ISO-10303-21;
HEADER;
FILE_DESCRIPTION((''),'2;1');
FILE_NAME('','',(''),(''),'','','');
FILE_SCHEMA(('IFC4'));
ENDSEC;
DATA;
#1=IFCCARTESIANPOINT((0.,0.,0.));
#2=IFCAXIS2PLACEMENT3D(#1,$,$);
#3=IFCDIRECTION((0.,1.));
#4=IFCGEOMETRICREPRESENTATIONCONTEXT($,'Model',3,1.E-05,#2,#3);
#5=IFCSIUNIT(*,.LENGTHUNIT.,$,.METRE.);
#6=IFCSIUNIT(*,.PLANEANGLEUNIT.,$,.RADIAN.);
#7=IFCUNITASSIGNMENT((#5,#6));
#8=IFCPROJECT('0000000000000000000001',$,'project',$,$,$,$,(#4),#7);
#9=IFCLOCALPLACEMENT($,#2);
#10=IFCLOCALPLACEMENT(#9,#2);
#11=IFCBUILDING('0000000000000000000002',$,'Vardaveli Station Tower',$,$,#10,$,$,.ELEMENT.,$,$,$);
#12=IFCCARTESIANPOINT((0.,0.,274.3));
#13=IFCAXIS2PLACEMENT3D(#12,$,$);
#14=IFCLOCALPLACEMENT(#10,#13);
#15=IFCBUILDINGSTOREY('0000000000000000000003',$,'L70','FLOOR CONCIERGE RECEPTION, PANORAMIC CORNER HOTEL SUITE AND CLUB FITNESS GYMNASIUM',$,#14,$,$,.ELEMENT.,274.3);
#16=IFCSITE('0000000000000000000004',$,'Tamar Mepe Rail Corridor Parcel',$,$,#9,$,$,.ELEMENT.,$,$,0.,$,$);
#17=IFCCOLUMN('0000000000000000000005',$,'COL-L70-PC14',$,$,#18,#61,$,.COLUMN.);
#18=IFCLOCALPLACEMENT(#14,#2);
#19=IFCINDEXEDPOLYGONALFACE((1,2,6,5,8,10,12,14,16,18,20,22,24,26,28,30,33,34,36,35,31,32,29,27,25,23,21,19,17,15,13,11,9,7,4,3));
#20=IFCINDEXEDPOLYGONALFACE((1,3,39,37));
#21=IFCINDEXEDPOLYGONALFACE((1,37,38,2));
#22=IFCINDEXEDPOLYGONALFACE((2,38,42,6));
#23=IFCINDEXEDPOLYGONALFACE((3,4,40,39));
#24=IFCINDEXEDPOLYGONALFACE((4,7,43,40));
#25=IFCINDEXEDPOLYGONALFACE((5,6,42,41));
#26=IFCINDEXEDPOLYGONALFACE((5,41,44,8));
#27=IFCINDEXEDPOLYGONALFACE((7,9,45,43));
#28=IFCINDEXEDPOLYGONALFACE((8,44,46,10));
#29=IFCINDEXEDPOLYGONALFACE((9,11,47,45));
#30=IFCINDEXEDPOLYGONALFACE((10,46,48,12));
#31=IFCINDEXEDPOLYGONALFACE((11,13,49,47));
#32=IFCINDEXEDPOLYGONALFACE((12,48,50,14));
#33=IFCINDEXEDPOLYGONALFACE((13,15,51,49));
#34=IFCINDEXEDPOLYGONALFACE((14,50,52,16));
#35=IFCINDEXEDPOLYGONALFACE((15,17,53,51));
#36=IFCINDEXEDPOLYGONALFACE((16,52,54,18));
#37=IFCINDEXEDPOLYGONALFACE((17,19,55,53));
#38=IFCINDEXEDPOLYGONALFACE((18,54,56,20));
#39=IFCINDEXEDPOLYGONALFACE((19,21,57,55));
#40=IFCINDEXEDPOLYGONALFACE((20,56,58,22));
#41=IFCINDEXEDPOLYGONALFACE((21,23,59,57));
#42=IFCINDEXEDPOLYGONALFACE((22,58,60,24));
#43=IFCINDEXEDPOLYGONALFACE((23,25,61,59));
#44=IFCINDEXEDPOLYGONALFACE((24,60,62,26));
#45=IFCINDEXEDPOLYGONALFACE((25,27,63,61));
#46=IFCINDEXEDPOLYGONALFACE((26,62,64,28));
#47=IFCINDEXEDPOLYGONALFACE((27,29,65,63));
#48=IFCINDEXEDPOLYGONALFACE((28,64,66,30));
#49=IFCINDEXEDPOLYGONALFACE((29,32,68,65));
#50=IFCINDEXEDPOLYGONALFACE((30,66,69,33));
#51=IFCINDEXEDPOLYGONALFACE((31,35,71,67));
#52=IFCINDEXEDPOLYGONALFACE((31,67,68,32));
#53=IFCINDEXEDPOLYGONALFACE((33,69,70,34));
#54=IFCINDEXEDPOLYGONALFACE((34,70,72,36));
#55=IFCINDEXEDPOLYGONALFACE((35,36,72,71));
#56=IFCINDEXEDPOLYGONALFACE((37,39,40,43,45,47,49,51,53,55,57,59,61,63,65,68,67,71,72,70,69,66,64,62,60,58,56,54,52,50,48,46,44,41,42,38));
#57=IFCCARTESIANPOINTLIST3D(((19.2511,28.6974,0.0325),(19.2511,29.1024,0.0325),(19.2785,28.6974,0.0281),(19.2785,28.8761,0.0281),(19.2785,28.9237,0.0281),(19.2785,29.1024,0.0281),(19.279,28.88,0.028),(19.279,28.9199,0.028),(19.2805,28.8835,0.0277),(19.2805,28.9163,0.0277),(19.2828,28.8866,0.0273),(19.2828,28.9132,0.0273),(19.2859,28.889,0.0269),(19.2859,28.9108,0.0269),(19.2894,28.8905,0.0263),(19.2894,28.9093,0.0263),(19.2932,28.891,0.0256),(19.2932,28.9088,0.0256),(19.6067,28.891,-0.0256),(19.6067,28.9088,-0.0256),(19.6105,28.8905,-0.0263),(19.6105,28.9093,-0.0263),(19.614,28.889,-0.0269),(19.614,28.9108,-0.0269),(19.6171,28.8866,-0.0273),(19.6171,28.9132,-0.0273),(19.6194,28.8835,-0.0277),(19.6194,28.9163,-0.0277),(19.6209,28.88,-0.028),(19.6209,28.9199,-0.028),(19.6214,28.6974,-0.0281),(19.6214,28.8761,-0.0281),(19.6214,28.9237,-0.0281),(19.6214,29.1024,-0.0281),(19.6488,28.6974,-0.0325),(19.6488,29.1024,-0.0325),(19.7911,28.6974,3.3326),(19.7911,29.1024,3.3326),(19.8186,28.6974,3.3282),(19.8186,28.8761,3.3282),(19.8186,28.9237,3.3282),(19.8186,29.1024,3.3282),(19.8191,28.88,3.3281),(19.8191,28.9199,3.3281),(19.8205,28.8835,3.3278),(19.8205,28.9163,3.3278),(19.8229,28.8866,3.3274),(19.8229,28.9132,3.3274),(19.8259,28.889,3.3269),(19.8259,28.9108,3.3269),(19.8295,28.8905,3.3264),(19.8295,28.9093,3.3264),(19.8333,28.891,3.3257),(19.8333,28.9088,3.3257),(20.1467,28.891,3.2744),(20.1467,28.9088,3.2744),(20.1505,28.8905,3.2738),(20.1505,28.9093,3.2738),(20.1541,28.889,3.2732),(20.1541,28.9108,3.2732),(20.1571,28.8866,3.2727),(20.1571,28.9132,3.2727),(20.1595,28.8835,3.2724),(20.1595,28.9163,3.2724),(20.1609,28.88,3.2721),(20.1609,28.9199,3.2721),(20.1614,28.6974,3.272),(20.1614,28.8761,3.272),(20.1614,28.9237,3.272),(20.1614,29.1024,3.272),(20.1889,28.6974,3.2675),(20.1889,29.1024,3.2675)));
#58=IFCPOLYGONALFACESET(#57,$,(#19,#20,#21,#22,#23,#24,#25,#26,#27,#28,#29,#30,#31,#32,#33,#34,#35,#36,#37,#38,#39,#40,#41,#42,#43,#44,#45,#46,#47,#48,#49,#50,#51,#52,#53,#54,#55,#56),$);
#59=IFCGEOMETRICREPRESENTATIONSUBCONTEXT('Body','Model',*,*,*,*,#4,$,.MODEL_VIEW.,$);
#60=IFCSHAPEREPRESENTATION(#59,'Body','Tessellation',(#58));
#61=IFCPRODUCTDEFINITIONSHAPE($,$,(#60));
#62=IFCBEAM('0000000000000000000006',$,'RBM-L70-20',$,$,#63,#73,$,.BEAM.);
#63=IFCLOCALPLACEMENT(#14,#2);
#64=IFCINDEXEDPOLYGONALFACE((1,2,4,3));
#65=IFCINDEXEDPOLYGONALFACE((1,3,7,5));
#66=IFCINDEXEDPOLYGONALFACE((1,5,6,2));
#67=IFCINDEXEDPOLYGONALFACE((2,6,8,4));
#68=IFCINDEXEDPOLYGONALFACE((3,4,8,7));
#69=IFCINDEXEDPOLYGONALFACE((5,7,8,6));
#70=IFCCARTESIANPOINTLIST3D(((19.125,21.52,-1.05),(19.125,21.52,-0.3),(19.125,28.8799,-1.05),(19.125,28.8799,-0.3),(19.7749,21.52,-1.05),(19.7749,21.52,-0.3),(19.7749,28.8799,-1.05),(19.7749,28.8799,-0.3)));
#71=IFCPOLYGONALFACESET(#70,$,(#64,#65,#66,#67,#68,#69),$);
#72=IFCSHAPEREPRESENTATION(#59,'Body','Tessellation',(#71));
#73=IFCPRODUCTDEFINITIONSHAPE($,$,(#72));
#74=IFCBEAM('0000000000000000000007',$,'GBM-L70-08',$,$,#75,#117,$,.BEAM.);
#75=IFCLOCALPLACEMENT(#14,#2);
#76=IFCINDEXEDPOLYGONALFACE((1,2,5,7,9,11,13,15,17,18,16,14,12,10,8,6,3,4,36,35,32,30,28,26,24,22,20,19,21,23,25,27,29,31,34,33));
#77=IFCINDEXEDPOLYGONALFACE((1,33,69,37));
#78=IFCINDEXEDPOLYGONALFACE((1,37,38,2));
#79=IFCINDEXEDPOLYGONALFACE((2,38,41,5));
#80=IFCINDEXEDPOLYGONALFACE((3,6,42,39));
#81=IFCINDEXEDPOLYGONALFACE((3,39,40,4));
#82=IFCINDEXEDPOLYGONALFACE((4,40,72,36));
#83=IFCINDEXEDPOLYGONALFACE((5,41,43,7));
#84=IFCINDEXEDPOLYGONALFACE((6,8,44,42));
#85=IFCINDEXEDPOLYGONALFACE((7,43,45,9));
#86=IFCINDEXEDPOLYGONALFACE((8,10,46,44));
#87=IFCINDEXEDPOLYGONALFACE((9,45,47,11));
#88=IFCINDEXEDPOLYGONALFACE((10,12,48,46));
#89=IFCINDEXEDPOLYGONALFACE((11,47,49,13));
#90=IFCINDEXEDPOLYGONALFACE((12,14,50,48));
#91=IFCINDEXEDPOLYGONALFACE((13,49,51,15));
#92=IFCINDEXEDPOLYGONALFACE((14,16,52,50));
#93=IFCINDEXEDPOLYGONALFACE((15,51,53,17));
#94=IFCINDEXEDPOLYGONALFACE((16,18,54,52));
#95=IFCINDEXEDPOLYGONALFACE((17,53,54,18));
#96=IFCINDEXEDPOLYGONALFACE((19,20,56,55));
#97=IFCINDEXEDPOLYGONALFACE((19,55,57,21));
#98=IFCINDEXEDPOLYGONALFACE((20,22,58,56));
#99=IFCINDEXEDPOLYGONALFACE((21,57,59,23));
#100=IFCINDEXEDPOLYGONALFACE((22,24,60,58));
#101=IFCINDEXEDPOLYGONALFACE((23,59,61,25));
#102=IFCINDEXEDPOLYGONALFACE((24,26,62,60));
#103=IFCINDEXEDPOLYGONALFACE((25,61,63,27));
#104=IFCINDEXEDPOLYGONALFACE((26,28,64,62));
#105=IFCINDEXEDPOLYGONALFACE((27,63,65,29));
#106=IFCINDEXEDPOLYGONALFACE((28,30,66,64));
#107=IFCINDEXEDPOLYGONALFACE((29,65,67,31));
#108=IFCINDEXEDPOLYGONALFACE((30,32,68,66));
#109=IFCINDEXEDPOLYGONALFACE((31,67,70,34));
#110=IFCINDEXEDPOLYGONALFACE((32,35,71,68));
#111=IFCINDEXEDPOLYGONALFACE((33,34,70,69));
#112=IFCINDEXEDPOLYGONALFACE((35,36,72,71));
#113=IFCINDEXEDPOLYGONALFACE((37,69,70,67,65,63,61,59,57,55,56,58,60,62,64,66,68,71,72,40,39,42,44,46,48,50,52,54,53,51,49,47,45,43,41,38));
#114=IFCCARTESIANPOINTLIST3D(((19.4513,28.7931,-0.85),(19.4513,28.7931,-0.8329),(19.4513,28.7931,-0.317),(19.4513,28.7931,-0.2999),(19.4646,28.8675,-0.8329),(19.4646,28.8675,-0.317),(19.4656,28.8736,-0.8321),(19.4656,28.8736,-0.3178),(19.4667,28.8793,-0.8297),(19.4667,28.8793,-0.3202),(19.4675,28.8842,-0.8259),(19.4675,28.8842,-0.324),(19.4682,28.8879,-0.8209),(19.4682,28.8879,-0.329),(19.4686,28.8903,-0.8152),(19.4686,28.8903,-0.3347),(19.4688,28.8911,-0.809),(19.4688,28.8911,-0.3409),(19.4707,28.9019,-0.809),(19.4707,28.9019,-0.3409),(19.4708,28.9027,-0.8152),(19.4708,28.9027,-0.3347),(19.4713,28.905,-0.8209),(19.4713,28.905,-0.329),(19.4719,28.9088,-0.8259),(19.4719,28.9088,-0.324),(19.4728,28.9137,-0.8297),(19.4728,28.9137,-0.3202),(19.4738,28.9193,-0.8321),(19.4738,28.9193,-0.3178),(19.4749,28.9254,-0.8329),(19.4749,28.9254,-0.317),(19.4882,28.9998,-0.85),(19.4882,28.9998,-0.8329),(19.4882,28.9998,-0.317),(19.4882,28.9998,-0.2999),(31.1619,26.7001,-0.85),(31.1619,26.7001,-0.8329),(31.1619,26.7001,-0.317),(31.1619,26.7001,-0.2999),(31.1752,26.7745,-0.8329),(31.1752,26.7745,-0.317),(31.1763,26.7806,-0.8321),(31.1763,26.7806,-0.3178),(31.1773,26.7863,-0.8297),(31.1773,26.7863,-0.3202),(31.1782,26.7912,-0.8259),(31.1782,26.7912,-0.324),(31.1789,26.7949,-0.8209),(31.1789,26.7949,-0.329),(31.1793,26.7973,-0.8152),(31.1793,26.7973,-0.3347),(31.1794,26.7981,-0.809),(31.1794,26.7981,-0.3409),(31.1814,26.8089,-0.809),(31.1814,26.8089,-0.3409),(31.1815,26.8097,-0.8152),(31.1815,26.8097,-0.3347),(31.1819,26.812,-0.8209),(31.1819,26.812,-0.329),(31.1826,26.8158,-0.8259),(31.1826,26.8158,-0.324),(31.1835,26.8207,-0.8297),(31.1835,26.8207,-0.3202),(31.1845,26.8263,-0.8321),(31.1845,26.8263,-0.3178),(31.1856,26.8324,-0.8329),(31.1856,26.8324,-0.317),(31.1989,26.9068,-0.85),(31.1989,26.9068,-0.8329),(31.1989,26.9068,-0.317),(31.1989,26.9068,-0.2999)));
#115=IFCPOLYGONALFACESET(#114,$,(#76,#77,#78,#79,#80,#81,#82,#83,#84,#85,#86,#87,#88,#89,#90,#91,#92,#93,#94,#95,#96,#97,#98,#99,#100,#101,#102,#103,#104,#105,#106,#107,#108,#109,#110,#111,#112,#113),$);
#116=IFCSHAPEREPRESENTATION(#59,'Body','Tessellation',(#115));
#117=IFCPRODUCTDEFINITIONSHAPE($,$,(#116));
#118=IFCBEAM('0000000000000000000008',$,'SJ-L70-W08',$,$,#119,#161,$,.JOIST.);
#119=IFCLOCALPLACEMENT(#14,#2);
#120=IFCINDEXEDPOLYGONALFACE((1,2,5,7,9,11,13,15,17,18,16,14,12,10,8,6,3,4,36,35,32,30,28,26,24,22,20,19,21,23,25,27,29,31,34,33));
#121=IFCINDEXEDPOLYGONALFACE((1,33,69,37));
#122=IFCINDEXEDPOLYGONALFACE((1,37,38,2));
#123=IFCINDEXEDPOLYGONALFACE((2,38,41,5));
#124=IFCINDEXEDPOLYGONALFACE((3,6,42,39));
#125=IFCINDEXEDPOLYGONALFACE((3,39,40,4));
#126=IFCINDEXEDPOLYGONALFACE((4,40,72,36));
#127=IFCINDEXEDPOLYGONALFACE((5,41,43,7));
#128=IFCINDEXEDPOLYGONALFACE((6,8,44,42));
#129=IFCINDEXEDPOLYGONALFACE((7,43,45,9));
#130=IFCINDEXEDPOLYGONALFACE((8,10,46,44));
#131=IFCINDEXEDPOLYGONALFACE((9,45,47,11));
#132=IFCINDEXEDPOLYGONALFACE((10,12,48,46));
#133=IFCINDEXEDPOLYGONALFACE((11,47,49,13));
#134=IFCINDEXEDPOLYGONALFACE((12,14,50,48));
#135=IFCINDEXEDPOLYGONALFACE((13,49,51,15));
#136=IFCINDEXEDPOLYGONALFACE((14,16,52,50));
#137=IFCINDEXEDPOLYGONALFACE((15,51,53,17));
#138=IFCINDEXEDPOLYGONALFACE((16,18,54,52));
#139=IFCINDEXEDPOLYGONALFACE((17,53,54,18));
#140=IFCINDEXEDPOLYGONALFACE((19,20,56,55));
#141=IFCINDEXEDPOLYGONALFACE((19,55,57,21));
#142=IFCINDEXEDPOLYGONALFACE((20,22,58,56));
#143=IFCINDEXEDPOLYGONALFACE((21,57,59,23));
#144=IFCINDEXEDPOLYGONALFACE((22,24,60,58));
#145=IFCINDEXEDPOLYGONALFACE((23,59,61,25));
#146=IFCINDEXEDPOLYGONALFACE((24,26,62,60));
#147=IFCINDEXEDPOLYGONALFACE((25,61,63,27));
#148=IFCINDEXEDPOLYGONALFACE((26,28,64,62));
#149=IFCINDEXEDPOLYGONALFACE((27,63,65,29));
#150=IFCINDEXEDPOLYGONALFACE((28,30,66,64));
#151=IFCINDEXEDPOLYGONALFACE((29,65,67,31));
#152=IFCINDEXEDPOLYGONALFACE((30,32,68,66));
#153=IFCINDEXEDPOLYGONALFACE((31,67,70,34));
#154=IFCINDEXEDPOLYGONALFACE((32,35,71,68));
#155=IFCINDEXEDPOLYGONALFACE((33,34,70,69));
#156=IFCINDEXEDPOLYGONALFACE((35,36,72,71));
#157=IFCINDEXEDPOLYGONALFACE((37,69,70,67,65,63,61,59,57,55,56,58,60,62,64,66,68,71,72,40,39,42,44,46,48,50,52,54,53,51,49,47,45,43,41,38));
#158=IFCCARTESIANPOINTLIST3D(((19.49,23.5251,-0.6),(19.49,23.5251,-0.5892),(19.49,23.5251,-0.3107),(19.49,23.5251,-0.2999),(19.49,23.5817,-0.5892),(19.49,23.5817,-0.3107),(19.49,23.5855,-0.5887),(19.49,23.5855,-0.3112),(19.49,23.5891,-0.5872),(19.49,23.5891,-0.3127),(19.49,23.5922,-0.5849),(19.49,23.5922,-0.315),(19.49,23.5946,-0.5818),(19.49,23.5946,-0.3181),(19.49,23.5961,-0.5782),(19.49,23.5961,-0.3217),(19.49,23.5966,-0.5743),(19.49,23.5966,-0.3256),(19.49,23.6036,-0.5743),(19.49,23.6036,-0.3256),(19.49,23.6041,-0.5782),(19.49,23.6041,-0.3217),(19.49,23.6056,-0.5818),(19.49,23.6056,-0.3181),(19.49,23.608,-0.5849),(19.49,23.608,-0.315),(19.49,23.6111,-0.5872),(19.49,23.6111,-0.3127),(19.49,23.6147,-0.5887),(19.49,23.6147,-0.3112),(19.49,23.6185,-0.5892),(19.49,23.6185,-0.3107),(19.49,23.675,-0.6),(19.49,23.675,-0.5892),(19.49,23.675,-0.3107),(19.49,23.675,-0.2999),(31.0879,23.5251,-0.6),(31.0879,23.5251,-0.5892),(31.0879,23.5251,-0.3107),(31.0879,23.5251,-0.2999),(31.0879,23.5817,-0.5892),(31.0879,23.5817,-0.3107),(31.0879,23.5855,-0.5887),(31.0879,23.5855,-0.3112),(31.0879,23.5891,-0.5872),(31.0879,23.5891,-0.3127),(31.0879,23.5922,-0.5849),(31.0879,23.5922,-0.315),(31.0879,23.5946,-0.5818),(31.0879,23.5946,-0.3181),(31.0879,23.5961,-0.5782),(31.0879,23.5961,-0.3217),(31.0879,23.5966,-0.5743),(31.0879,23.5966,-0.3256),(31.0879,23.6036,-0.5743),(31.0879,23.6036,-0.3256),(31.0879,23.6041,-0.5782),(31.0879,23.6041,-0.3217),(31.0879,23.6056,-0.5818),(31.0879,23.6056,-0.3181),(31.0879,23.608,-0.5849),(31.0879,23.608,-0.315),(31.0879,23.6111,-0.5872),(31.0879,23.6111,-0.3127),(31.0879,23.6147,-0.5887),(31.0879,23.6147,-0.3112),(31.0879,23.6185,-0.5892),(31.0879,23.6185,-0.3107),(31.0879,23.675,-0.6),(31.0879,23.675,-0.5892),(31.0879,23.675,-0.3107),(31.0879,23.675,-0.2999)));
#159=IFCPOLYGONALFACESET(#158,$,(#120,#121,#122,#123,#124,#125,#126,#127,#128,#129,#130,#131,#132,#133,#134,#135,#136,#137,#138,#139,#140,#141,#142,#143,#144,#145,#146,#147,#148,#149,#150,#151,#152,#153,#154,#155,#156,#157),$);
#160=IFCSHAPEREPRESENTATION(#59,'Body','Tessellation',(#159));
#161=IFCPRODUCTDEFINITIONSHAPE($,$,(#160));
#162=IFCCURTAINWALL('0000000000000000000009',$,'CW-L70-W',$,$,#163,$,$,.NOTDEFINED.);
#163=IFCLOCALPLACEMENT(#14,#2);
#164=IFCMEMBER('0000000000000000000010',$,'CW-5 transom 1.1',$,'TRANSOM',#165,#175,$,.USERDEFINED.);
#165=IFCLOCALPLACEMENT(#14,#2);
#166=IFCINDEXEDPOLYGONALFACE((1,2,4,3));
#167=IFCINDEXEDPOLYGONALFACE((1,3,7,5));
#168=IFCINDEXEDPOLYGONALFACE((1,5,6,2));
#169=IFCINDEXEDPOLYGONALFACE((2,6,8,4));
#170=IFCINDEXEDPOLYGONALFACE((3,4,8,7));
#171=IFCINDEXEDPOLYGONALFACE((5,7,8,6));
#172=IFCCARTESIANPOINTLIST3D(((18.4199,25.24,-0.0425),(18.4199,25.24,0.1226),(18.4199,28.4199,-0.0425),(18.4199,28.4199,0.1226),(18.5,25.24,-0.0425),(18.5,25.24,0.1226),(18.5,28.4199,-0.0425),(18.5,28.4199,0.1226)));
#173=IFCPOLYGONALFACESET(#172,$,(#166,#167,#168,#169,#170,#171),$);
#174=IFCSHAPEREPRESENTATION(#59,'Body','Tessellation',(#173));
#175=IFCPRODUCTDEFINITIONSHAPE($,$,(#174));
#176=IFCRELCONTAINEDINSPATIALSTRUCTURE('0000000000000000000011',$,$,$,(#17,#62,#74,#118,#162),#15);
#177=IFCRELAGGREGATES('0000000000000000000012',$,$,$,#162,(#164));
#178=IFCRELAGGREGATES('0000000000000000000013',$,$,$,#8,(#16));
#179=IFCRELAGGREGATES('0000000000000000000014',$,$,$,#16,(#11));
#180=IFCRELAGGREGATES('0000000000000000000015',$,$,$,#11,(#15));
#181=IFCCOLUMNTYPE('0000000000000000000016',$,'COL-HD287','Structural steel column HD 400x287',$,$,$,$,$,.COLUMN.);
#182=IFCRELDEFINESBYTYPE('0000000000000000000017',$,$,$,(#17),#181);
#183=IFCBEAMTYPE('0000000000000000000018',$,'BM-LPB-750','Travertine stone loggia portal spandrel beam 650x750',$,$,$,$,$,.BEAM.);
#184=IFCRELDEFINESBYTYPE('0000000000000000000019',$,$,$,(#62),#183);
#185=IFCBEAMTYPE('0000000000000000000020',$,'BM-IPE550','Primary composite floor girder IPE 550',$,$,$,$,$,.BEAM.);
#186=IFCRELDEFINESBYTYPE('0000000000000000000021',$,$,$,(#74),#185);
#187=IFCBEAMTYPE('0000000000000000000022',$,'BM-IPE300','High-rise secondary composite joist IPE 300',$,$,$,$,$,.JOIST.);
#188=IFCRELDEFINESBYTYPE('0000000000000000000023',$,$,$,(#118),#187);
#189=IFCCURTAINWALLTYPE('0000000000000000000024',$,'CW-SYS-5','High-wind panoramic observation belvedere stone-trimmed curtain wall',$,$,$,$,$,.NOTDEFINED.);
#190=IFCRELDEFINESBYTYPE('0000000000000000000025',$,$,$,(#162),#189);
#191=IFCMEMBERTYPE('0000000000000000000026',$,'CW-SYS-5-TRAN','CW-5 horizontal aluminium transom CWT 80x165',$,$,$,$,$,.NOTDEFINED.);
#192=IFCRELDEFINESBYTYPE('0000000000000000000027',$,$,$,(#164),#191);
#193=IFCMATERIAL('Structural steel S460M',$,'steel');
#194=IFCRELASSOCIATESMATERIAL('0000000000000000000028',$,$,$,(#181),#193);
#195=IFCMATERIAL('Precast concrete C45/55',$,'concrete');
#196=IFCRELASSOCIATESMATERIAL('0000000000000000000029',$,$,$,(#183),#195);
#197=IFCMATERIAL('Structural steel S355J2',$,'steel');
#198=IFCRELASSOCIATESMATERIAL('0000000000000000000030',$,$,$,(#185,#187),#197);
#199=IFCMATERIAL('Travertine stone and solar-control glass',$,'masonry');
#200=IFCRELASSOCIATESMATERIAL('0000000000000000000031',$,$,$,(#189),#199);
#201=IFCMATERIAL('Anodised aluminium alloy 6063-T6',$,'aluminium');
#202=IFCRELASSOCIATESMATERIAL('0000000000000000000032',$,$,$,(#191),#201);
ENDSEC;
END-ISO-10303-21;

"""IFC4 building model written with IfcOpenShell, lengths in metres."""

from ifc_helpers import new_model, si_unit, direction, frame, origin, origin_2d, place, context, subcontext, project, spatial, rectangle, i_section, extrude, source, transform, mapped, material, material_profile, profile_set, type_object, element, aggregate, save


model = new_model("IFC4")

# Units and contexts
model_context = context("Model", 3, precision=1e-05, world=origin(), true_north=direction((0.0, 1.0)))
body_context = subcontext(model_context, "Body", "Model", "MODEL_VIEW")
ifc_project = project(units=[si_unit("LENGTHUNIT", "METRE"), si_unit("PLANEANGLEUNIT", "RADIAN")], contexts=[model_context])

# Site, building, storey
site_placement = place(None, origin())
site = spatial("IfcSite", under=ifc_project, at=site_placement, Name="Tamar Mepe Rail Corridor Parcel", CompositionType="ELEMENT", RefElevation=0.0)
building_placement = place(site_placement, origin())
building = spatial("IfcBuilding", under=site, at=building_placement, Name="Vardaveli Station Tower", CompositionType="ELEMENT")
storey_placement = place(building_placement, frame((0.0, 0.0, 274.3)))
storey = spatial("IfcBuildingStorey", under=building, at=storey_placement, Name="L70", Description="FLOOR CONCIERGE RECEPTION, PANORAMIC CORNER HOTEL SUITE AND CLUB FITNESS GYMNASIUM", CompositionType="ELEMENT", Elevation=274.3)

# Column
ifc_material_1 = material(Name="Structural steel S460M", Category="steel")
ifc_material_profile_1 = material_profile(ifc_material_1, i_section(OverallWidth=0.405, OverallDepth=0.4031, WebThickness=0.0178, FlangeThickness=0.0278, FilletRadius=0.0149, at=origin_2d()), Name="HD 400x287")
ifc_profile_set_1 = profile_set([ifc_material_profile_1], Name="Structural steel S460M")
column_type = type_object("IfcColumnType", Name="COL-HD287", Description="Structural steel column HD 400x287", PredefinedType="COLUMN", material=ifc_profile_set_1)
shared_shape_1 = source(origin(), body_context, "Body", "SweptSolid", [
    extrude(i_section(OverallWidth=0.405, OverallDepth=0.4031, WebThickness=0.0178, FlangeThickness=0.0278, FilletRadius=0.0149, at=origin_2d()), origin(), (0.0, 0.0, 1.0), 3.344),
])
column_placement = place(storey_placement, frame((19.45, 28.8999, 0.0), z_axis=(0.161498, 0.0, 0.986873), x_axis=(0.0, 1.0, 0.0)))
element("IfcColumn", 1, at=column_placement, inside=storey, type_object=column_type, Name="COL-L70-PC14", PredefinedType="COLUMN", context=body_context, shape_type="MappedRepresentation", body=[
    mapped(shared_shape_1, transform((0.0, 0.0, 0.0), scale=1.0)),
])

# Beams
ifc_material_2 = material(Name="Precast concrete C45/55", Category="concrete")
ifc_material_profile_2 = material_profile(ifc_material_2, rectangle(XDim=0.6499, YDim=0.75, at=origin_2d()), Name="LPB 650x750")
ifc_profile_set_2 = profile_set([ifc_material_profile_2], Name="Precast concrete C45/55")
beam_type_1 = type_object("IfcBeamType", Name="BM-LPB-750", Description="Travertine stone loggia portal spandrel beam 650x750", PredefinedType="BEAM", material=ifc_profile_set_2)
shared_shape_2 = source(origin(), body_context, "Body", "SweptSolid", [
    extrude(rectangle(XDim=0.6499, YDim=0.75, at=origin_2d()), origin(), (0.0, 0.0, 1.0), 7.3599),
])
beam_1_placement = place(storey_placement, frame((19.45, 28.8799, -0.675), z_axis=(0.0, -1.0, 0.0), x_axis=(1.0, 0.0, 0.0)))
element("IfcBeam", 2, at=beam_1_placement, inside=storey, type_object=beam_type_1, Name="RBM-L70-20", PredefinedType="BEAM", context=body_context, shape_type="MappedRepresentation", body=[
    mapped(shared_shape_2, transform((0.0, 0.0, 0.0), scale=1.0)),
])
ifc_material_3 = material(Name="Structural steel S355J2", Category="steel")
ifc_material_profile_3 = material_profile(ifc_material_3, i_section(OverallWidth=0.21, OverallDepth=0.55, WebThickness=0.011, FlangeThickness=0.0171, FilletRadius=0.0239, at=origin_2d()), Name="IPE 550")
ifc_profile_set_3 = profile_set([ifc_material_profile_3], Name="Structural steel S355J2")
beam_type_2 = type_object("IfcBeamType", Name="BM-IPE550", Description="Primary composite floor girder IPE 550", PredefinedType="BEAM", material=ifc_profile_set_3)
shared_shape_3 = source(origin(), body_context, "Body", "SweptSolid", [
    extrude(i_section(OverallWidth=0.21, OverallDepth=0.55, WebThickness=0.011, FlangeThickness=0.0171, FilletRadius=0.0239, at=origin_2d()), origin(), (0.0, 0.0, 1.0), 11.8962),
])
beam_2_placement = place(storey_placement, frame((19.4697, 28.8965, -0.575), z_axis=(0.984401, -0.175939, 0.0), x_axis=(0.175939, 0.984401, 0.0)))
element("IfcBeam", 3, at=beam_2_placement, inside=storey, type_object=beam_type_2, Name="GBM-L70-08", PredefinedType="BEAM", context=body_context, shape_type="MappedRepresentation", body=[
    mapped(shared_shape_3, transform((0.0, 0.0, 0.0), scale=1.0)),
])
ifc_material_profile_4 = material_profile(ifc_material_3, i_section(OverallWidth=0.1499, OverallDepth=0.3, WebThickness=0.0071, FlangeThickness=0.0107, FilletRadius=0.0149, at=origin_2d()), Name="IPE 300")
ifc_profile_set_4 = profile_set([ifc_material_profile_4], Name="Structural steel S355J2")
beam_type_3 = type_object("IfcBeamType", Name="BM-IPE300", Description="High-rise secondary composite joist IPE 300", PredefinedType="JOIST", material=ifc_profile_set_4)
shared_shape_4 = source(origin(), body_context, "Body", "SweptSolid", [
    extrude(i_section(OverallWidth=0.1499, OverallDepth=0.3, WebThickness=0.0071, FlangeThickness=0.0107, FilletRadius=0.0149, at=origin_2d()), origin(), (0.0, 0.0, 1.0), 11.5979),
])
beam_3_placement = place(storey_placement, frame((19.49, 23.6001, -0.45), z_axis=(1.0, 0.0, 0.0), x_axis=(0.0, 1.0, 0.0)))
element("IfcBeam", 4, at=beam_3_placement, inside=storey, type_object=beam_type_3, Name="SJ-L70-W08", PredefinedType="JOIST", context=body_context, shape_type="MappedRepresentation", body=[
    mapped(shared_shape_4, transform((0.0, 0.0, 0.0), scale=1.0)),
])

# Curtain wall, member
ifc_material_4 = material(Name="Travertine stone and solar-control glass", Category="masonry")
curtain_wall_type = type_object("IfcCurtainWallType", Name="CW-SYS-5", Description="High-wind panoramic observation belvedere stone-trimmed curtain wall", PredefinedType="NOTDEFINED", material=ifc_material_4)
curtain_wall_placement = place(storey_placement, origin())
curtain_wall = element("IfcCurtainWall", 5, at=curtain_wall_placement, inside=storey, type_object=curtain_wall_type, Name="CW-L70-W", PredefinedType="NOTDEFINED")
ifc_material_5 = material(Name="Anodised aluminium alloy 6063-T6", Category="aluminium")
ifc_material_profile_5 = material_profile(ifc_material_5, rectangle(XDim=0.0801, YDim=0.165, at=origin_2d()), Name="CWT 80x165")
ifc_profile_set_5 = profile_set([ifc_material_profile_5], Name="Anodised aluminium alloy 6063-T6")
member_type_1 = type_object("IfcMemberType", Name="CW-SYS-5-TRAN", Description="CW-5 horizontal aluminium transom CWT 80x165", PredefinedType="NOTDEFINED", material=ifc_profile_set_5)
shared_shape_5 = source(origin(), body_context, "Body", "SweptSolid", [
    extrude(rectangle(XDim=0.0801, YDim=0.165, at=origin_2d()), origin(), (0.0, 0.0, 1.0), 3.1799),
])
member_1_placement = place(storey_placement, frame((18.46, 28.4199, 0.04), z_axis=(0.0, -1.0, 0.0), x_axis=(1.0, 0.0, 0.0)))
member_1 = element("IfcMember", 6, at=member_1_placement, type_object=member_type_1, Name="CW-5 transom 1.1", ObjectType="TRANSOM", PredefinedType="USERDEFINED", context=body_context, shape_type="MappedRepresentation", body=[
    mapped(shared_shape_5, transform((0.0, 0.0, 0.0), scale=1.0)),
])
aggregate(curtain_wall, [member_1])

save(model, "model.ifc")
